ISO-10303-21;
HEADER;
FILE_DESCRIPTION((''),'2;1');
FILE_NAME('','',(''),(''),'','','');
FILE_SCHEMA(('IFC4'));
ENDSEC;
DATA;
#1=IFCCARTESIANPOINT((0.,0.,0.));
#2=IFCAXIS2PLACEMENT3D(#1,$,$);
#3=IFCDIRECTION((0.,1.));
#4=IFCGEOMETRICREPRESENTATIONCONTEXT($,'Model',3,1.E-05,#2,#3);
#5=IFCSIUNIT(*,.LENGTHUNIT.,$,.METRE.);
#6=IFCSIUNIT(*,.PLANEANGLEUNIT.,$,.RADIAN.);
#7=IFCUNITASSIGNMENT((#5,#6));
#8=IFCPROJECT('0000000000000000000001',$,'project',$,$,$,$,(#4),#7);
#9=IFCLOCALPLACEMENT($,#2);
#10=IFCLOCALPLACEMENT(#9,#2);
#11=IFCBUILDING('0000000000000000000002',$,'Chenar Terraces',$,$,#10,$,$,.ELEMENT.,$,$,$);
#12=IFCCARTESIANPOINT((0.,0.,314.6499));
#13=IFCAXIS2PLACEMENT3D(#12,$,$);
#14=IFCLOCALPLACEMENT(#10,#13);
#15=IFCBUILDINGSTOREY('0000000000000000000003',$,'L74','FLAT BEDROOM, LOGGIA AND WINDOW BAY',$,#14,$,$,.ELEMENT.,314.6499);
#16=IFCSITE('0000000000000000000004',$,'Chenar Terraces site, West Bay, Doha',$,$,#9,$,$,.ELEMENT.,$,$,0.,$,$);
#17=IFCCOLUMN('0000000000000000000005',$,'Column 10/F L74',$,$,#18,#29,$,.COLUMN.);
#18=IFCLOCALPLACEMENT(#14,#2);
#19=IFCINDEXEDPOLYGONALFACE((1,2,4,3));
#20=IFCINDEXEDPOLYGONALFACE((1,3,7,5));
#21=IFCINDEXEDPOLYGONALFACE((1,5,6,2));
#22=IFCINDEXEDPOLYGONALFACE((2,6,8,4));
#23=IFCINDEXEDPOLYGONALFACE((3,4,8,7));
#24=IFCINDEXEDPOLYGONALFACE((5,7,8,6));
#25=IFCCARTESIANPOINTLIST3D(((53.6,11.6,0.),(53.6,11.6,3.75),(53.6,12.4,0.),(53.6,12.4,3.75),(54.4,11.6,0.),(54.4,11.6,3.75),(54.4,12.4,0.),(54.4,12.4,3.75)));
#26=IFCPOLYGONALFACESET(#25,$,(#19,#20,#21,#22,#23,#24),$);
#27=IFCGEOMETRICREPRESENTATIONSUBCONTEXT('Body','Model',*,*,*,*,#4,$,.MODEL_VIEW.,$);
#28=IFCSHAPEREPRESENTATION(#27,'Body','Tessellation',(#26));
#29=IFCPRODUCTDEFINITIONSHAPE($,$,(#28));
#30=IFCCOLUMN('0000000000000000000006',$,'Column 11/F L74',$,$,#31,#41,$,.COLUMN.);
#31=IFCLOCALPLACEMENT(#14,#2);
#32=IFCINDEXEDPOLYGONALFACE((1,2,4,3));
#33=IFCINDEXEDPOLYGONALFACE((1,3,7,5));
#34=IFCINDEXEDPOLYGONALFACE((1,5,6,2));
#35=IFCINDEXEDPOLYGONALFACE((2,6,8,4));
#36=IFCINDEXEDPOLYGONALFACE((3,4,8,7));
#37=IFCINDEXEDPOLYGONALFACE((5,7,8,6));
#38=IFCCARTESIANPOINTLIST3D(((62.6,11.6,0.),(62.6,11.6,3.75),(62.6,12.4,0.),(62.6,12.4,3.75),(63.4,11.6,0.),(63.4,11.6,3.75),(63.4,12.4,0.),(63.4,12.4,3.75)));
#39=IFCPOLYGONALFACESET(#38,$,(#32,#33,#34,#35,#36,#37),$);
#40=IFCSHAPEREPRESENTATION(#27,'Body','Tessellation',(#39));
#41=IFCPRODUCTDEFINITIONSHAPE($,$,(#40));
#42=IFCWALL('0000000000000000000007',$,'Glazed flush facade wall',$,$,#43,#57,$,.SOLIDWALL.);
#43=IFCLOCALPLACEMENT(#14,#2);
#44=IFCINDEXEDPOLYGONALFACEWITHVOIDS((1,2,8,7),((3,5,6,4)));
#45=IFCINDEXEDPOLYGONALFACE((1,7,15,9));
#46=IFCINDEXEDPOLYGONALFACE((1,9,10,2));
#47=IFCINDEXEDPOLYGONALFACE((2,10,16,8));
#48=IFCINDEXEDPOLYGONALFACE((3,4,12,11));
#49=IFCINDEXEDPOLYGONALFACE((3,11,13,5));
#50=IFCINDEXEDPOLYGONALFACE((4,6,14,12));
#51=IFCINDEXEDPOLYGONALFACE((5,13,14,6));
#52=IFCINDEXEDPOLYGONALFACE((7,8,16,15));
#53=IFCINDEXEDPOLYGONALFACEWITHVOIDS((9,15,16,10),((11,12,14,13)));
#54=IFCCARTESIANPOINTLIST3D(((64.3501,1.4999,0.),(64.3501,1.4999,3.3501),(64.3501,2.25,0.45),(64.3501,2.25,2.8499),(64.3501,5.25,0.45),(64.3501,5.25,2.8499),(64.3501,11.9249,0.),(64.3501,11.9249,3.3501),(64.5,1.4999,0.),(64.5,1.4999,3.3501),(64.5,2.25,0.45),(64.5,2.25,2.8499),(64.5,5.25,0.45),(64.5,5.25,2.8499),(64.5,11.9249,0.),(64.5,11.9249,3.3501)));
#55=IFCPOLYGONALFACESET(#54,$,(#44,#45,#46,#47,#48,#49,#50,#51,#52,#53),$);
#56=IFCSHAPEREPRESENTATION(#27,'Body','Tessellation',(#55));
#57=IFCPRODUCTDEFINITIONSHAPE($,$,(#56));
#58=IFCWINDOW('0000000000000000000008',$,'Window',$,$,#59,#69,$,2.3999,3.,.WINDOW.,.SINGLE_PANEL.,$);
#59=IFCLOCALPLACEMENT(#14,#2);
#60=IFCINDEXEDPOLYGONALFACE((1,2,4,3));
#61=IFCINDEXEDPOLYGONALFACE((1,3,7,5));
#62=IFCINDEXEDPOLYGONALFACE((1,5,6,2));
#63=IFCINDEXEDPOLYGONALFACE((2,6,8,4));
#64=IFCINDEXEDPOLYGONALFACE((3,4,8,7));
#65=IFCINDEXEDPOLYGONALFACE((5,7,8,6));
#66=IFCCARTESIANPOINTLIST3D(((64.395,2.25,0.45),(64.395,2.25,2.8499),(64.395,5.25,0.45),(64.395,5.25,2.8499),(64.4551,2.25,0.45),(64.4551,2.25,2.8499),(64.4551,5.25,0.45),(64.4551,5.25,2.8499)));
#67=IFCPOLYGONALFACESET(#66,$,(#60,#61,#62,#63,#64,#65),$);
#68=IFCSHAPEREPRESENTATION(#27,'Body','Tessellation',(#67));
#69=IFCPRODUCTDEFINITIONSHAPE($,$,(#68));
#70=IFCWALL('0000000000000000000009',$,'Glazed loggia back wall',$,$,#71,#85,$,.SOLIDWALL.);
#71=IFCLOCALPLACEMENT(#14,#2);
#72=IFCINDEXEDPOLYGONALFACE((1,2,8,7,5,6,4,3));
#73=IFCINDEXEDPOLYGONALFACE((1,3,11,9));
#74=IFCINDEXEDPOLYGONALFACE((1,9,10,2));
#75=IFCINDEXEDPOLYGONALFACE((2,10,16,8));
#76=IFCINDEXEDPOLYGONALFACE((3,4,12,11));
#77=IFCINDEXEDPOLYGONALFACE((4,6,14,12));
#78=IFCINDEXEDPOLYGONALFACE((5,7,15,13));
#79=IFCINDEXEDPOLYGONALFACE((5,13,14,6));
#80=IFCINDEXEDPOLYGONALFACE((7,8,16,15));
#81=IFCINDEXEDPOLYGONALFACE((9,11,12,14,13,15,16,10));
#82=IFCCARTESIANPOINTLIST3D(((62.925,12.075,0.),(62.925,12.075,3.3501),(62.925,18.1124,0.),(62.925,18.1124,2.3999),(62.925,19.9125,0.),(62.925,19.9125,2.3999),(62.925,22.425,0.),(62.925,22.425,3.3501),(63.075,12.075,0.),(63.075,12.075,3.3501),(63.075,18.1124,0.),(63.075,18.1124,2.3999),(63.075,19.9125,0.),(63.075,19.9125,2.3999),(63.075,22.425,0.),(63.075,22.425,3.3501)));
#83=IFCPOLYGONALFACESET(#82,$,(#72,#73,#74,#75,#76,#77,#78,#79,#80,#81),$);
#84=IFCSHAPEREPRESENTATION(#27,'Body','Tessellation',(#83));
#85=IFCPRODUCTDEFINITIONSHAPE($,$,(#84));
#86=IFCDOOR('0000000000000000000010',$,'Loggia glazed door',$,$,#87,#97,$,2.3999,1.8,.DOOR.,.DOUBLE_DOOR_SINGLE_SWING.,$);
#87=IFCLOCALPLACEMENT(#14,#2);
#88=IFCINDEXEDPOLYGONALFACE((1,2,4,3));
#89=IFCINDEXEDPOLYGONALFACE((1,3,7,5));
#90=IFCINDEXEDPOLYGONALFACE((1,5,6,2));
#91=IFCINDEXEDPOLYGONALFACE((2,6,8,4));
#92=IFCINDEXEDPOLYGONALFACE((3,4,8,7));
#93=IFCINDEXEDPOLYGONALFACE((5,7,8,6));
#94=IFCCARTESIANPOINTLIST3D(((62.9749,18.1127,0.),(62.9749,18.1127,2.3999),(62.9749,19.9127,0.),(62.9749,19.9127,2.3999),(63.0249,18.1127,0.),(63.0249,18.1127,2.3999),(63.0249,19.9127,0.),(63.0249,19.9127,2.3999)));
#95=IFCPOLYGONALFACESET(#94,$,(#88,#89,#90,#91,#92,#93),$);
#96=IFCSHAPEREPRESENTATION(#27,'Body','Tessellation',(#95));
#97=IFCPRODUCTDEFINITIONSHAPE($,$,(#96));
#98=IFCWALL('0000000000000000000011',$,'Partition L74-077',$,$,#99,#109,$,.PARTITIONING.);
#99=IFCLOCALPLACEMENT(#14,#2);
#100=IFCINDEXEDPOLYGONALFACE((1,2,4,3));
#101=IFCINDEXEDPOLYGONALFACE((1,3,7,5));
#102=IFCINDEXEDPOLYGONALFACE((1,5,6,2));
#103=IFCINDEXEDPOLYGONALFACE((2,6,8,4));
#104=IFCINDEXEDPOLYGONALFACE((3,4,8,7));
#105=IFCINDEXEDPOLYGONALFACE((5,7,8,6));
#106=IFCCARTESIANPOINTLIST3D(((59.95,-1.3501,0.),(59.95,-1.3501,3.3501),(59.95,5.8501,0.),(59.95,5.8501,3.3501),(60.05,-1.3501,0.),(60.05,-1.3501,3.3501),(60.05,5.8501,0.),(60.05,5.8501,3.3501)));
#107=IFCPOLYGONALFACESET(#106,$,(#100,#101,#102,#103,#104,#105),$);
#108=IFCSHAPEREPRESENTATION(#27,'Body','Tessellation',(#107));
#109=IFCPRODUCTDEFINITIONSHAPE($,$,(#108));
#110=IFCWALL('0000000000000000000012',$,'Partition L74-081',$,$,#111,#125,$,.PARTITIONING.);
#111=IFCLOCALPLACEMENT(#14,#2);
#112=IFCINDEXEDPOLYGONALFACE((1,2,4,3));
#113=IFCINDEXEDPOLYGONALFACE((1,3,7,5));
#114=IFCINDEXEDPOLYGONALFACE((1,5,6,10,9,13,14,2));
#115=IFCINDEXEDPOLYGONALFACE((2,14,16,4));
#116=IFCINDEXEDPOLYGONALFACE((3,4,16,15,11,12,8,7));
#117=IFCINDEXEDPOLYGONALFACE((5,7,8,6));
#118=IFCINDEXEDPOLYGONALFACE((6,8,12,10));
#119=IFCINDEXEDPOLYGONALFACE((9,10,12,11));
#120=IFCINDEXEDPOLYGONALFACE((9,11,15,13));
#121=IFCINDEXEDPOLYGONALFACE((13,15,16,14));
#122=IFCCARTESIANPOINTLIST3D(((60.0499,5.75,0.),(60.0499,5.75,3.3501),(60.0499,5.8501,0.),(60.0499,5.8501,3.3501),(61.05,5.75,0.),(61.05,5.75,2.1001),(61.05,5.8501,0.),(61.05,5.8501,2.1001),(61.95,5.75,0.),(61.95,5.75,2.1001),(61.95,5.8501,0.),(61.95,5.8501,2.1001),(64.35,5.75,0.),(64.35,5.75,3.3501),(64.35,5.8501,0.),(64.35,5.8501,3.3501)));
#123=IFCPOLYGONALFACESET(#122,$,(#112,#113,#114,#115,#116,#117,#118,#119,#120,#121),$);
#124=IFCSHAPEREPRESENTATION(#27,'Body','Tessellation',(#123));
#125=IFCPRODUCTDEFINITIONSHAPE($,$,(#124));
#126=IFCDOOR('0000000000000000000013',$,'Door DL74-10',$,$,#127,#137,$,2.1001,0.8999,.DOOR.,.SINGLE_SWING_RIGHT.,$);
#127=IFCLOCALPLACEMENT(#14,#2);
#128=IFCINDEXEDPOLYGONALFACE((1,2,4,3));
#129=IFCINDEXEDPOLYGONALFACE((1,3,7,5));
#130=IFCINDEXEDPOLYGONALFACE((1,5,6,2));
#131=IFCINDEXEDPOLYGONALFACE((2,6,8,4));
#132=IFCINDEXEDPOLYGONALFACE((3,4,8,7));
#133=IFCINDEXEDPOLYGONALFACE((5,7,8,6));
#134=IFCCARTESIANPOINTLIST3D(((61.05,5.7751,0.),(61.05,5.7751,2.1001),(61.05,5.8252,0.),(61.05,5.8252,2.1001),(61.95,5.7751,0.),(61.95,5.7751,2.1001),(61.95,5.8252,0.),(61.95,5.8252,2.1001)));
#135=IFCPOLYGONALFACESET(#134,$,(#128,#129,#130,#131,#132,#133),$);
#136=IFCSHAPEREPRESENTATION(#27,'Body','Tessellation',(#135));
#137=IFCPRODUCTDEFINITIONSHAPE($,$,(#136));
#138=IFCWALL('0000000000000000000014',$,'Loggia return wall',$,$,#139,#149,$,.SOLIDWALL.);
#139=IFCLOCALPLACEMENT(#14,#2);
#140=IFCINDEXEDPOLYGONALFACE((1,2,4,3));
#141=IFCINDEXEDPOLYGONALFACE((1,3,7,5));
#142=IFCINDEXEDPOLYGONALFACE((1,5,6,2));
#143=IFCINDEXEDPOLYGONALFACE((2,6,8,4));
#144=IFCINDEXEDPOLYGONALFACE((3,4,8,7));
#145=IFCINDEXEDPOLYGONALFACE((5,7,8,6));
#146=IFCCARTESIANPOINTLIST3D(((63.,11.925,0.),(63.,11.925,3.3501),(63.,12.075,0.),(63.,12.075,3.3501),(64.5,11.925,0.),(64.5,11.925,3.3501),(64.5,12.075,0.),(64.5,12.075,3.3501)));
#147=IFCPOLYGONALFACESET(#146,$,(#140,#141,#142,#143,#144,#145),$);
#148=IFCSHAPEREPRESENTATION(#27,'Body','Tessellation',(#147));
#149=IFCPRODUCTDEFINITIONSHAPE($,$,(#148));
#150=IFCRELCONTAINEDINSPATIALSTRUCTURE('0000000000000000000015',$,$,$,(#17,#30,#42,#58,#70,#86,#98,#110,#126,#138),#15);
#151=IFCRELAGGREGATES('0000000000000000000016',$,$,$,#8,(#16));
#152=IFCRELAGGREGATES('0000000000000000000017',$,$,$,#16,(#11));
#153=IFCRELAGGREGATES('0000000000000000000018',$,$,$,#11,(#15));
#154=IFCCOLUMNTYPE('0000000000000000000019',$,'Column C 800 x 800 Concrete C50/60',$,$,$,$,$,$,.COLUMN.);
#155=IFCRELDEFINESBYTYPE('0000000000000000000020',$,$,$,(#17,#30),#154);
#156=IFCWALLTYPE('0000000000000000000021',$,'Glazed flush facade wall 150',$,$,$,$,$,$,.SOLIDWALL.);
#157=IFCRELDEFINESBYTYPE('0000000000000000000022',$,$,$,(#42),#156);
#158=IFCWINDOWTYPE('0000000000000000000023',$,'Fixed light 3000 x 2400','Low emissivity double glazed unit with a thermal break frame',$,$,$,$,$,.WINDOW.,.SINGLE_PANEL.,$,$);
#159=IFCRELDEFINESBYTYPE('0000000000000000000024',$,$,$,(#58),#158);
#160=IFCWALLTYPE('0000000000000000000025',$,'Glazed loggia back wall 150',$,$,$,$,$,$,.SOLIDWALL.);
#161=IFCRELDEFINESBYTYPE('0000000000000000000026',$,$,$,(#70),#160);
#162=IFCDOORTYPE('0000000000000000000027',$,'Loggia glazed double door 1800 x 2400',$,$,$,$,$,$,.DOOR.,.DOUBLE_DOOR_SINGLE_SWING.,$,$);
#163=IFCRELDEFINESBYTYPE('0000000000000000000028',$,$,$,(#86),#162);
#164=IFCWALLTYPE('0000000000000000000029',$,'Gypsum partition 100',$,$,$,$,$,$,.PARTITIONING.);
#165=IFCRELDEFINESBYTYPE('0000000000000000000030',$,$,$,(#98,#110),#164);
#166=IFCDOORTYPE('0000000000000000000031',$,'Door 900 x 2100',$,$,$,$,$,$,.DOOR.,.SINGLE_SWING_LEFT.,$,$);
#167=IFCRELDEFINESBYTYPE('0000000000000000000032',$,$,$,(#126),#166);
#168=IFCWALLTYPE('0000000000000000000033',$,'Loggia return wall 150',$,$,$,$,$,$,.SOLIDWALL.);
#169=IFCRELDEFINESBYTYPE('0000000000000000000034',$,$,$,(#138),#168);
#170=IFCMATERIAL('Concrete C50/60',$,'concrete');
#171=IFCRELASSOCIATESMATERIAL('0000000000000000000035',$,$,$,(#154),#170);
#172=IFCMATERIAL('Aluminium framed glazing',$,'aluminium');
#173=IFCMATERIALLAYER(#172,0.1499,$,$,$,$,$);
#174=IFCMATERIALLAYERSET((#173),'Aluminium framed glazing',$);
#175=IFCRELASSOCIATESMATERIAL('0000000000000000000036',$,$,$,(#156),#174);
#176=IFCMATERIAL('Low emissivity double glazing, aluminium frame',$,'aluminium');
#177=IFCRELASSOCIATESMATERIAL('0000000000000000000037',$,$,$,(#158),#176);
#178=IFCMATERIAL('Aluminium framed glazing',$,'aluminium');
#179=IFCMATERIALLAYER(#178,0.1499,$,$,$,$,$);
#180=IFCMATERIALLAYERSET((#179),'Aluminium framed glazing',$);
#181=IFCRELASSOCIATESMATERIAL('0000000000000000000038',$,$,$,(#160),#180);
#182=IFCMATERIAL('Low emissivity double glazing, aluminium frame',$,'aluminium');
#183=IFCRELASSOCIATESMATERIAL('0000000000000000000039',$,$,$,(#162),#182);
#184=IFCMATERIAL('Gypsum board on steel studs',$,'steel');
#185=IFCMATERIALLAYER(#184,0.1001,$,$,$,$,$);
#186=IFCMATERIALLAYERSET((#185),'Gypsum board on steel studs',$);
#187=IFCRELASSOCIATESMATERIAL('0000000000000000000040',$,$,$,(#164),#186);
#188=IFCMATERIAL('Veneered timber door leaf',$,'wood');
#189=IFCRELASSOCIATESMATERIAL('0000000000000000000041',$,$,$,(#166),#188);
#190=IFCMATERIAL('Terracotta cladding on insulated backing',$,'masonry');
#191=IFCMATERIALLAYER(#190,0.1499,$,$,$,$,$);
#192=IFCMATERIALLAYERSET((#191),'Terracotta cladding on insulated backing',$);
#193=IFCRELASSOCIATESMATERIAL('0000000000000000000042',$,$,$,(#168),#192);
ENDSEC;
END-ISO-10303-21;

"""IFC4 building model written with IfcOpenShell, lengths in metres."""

from ifc_helpers import new_model, si_unit, direction, frame, frame_2d, origin, origin_2d, place, context, subcontext, project, spatial, rectangle, extrude, material, layer, layer_set, material_profile, profile_set, type_object, element, fill, save


model = new_model("IFC4")

# Units and contexts
model_context = context("Model", 3, precision=1e-05, world=origin(), true_north=direction((0.0, 1.0)))
body_context = subcontext(model_context, "Body", "Model", "MODEL_VIEW")
ifc_project = project(units=[si_unit("LENGTHUNIT", "METRE"), si_unit("PLANEANGLEUNIT", "RADIAN")], contexts=[model_context])

# Site, building, storey
site_placement = place(None, origin())
site = spatial("IfcSite", under=ifc_project, at=site_placement, Name="Chenar Terraces site, West Bay, Doha", CompositionType="ELEMENT", RefElevation=0.0)
building_placement = place(site_placement, origin())
building = spatial("IfcBuilding", under=site, at=building_placement, Name="Chenar Terraces", CompositionType="ELEMENT")
storey_placement = place(building_placement, frame((0.0, 0.0, 314.6499)))
storey = spatial("IfcBuildingStorey", under=building, at=storey_placement, Name="L74", Description="FLAT BEDROOM, LOGGIA AND WINDOW BAY", CompositionType="ELEMENT", Elevation=314.6499)

# Columns
ifc_material_1 = material(Name="Concrete C50/60", Category="concrete")
ifc_material_profile = material_profile(ifc_material_1, rectangle(XDim=0.8, YDim=0.8, at=origin_2d()), Name="C 800 x 800")
ifc_profile_set = profile_set([ifc_material_profile], Name="Concrete C50/60")
column_type = type_object("IfcColumnType", Name="Column C 800 x 800 Concrete C50/60", PredefinedType="COLUMN", material=ifc_profile_set)
for number, where, z_axis, x_axis, name in (
    (1, (54.0, 12.0, 0.0), (0.0, 0.0, 1.0), (1.0, 0.0, 0.0), "Column 10/F L74"),
    (2, (63.0, 12.0, 0.0), (0.0, 0.0, 1.0), (1.0, 0.0, 0.0), "Column 11/F L74"),
):
    element("IfcColumn", number, at=place(storey_placement, frame(where, z_axis=z_axis, x_axis=x_axis)), inside=storey, type_object=column_type, Name=name, PredefinedType="COLUMN", context=body_context, shape_type="SweptSolid", body=[
        extrude(rectangle(XDim=0.8, YDim=0.8, at=origin_2d()), origin(), (0.0, 0.0, 1.0), 3.75),
    ])

# Wall, opening, window
ifc_material_2 = material(Name="Aluminium framed glazing", Category="aluminium")
ifc_layer_1 = layer(ifc_material_2, 0.1499)
ifc_layer_set_1 = layer_set([ifc_layer_1], Name="Aluminium framed glazing")
wall_type_1 = type_object("IfcWallType", Name="Glazed flush facade wall 150", PredefinedType="SOLIDWALL", material=ifc_layer_set_1)
wall_1_placement = place(storey_placement, frame((64.425, 1.5, 0.0), z_axis=(0.0, 0.0, 1.0), x_axis=(0.0, 1.0, 0.0)))
wall_1 = element("IfcWall", 3, at=wall_1_placement, inside=storey, type_object=wall_type_1, Name="Glazed flush facade wall", PredefinedType="SOLIDWALL", context=body_context, shape_type="SweptSolid", body=[
    extrude(rectangle(XDim=10.425, YDim=0.1499, at=frame_2d((5.2124, 0.0))), origin(), (0.0, 0.0, 1.0), 3.3501),
])
opening_1_placement = place(wall_1_placement, frame((0.75, 0.0, 0.45)))
opening_1 = element("IfcOpeningElement", 4, at=opening_1_placement, cuts=wall_1, PredefinedType="OPENING", context=body_context, shape_type="SweptSolid", body=[
    extrude(rectangle(XDim=3.0, YDim=2.3999, at=frame_2d((1.5, 1.2))), frame((0.0, 0.085, 0.0), z_axis=(0.0, -1.0, 0.0), x_axis=(1.0, 0.0, 0.0)), (0.0, 0.0, 1.0), 0.1699),
])
ifc_material_3 = material(Name="Low emissivity double glazing, aluminium frame", Category="aluminium")
window_type = type_object("IfcWindowType", Name="Fixed light 3000 x 2400", Description="Low emissivity double glazed unit with a thermal break frame", PartitioningType="SINGLE_PANEL", PredefinedType="WINDOW", material=ifc_material_3)
window_1_placement = place(opening_1_placement, origin())
window_1 = element("IfcWindow", 5, at=window_1_placement, inside=storey, type_object=window_type, Name="Window", OverallHeight=2.3999, OverallWidth=3.0, PartitioningType="SINGLE_PANEL", PredefinedType="WINDOW", context=body_context, shape_type="SweptSolid", body=[
    extrude(rectangle(XDim=3.0, YDim=2.3999, at=frame_2d((1.5, 1.2))), frame((0.0, 0.03, 0.0), z_axis=(0.0, -1.0, 0.0), x_axis=(1.0, 0.0, 0.0)), (0.0, 0.0, 1.0), 0.0601),
])
fill(opening_1, window_1)

# Wall, opening, door
ifc_material_4 = material(Name="Aluminium framed glazing", Category="aluminium")
ifc_layer_2 = layer(ifc_material_4, 0.1499)
ifc_layer_set_2 = layer_set([ifc_layer_2], Name="Aluminium framed glazing")
wall_type_2 = type_object("IfcWallType", Name="Glazed loggia back wall 150", PredefinedType="SOLIDWALL", material=ifc_layer_set_2)
wall_2_placement = place(storey_placement, frame((63.0, 12.075, 0.0), z_axis=(0.0, 0.0, 1.0), x_axis=(0.0, 1.0, 0.0)))
wall_2 = element("IfcWall", 6, at=wall_2_placement, inside=storey, type_object=wall_type_2, Name="Glazed loggia back wall", PredefinedType="SOLIDWALL", context=body_context, shape_type="SweptSolid", body=[
    extrude(rectangle(XDim=10.3501, YDim=0.1499, at=frame_2d((5.175, 0.0))), origin(), (0.0, 0.0, 1.0), 3.3501),
])
opening_2_placement = place(wall_2_placement, frame((6.0376, 0.0, 0.0)))
opening_2 = element("IfcOpeningElement", 7, at=opening_2_placement, cuts=wall_2, PredefinedType="OPENING", context=body_context, shape_type="SweptSolid", body=[
    extrude(rectangle(XDim=1.8, YDim=2.3999, at=frame_2d((0.8999, 1.2))), frame((0.0, 0.085, 0.0), z_axis=(0.0, -1.0, 0.0), x_axis=(1.0, 0.0, 0.0)), (0.0, 0.0, 1.0), 0.1699),
])
ifc_material_5 = material(Name="Low emissivity double glazing, aluminium frame", Category="aluminium")
door_type_1 = type_object("IfcDoorType", Name="Loggia glazed double door 1800 x 2400", OperationType="DOUBLE_DOOR_SINGLE_SWING", PredefinedType="DOOR", material=ifc_material_5)
door_1_placement = place(opening_2_placement, frame((1.8, 0.0, 0.0), z_axis=(0.0, 0.0, 1.0), x_axis=(-1.0, 0.0, 0.0)))
door_1 = element("IfcDoor", 8, at=door_1_placement, inside=storey, type_object=door_type_1, Name="Loggia glazed door", OperationType="DOUBLE_DOOR_SINGLE_SWING", OverallHeight=2.3999, OverallWidth=1.8, PredefinedType="DOOR", context=body_context, shape_type="SweptSolid", body=[
    extrude(rectangle(XDim=1.8, YDim=2.3999, at=frame_2d((0.8999, 1.2))), frame((0.0, 0.0249, 0.0), z_axis=(0.0, -1.0, 0.0), x_axis=(1.0, 0.0, 0.0)), (0.0, 0.0, 1.0), 0.05),
])
fill(opening_2, door_1)

# Wall
ifc_material_6 = material(Name="Gypsum board on steel studs", Category="steel")
ifc_layer_3 = layer(ifc_material_6, 0.1001)
ifc_layer_set_3 = layer_set([ifc_layer_3], Name="Gypsum board on steel studs")
wall_type_3 = type_object("IfcWallType", Name="Gypsum partition 100", PredefinedType="PARTITIONING", material=ifc_layer_set_3)
wall_3_placement = place(storey_placement, frame((60.0, -1.3501, 0.0), z_axis=(0.0, 0.0, 1.0), x_axis=(0.0, 1.0, 0.0)))
element("IfcWall", 9, at=wall_3_placement, inside=storey, type_object=wall_type_3, Name="Partition L74-077", PredefinedType="PARTITIONING", context=body_context, shape_type="SweptSolid", body=[
    extrude(rectangle(XDim=7.2002, YDim=0.1001, at=frame_2d((3.6001, 0.0))), origin(), (0.0, 0.0, 1.0), 3.3501),
])

# Wall, opening, door
wall_4_placement = place(storey_placement, frame((60.05, 5.8, 0.0), z_axis=(0.0, 0.0, 1.0), x_axis=(1.0, 0.0, 0.0)))
wall_4 = element("IfcWall", 10, at=wall_4_placement, inside=storey, type_object=wall_type_3, Name="Partition L74-081", PredefinedType="PARTITIONING", context=body_context, shape_type="SweptSolid", body=[
    extrude(rectangle(XDim=4.3, YDim=0.1001, at=frame_2d((2.1499, 0.0))), origin(), (0.0, 0.0, 1.0), 3.3501),
])
opening_3_placement = place(wall_4_placement, frame((1.0, 0.0, 0.0)))
opening_3 = element("IfcOpeningElement", 11, at=opening_3_placement, cuts=wall_4, PredefinedType="OPENING", context=body_context, shape_type="SweptSolid", body=[
    extrude(rectangle(XDim=0.8999, YDim=2.1001, at=frame_2d((0.45, 1.05))), frame((0.0, 0.0601, 0.0), z_axis=(0.0, -1.0, 0.0), x_axis=(1.0, 0.0, 0.0)), (0.0, 0.0, 1.0), 0.1201),
])
ifc_material_7 = material(Name="Veneered timber door leaf", Category="wood")
door_type_2 = type_object("IfcDoorType", Name="Door 900 x 2100", OperationType="SINGLE_SWING_LEFT", PredefinedType="DOOR", material=ifc_material_7)
door_2_placement = place(opening_3_placement, frame((0.8999, 0.0, 0.0), z_axis=(0.0, 0.0, 1.0), x_axis=(-1.0, 0.0, 0.0)))
door_2 = element("IfcDoor", 12, at=door_2_placement, inside=storey, type_object=door_type_2, Name="Door DL74-10", OperationType="SINGLE_SWING_RIGHT", OverallHeight=2.1001, OverallWidth=0.8999, PredefinedType="DOOR", context=body_context, shape_type="SweptSolid", body=[
    extrude(rectangle(XDim=0.8999, YDim=2.1001, at=frame_2d((0.45, 1.05))), frame((0.0, 0.0249, 0.0), z_axis=(0.0, -1.0, 0.0), x_axis=(1.0, 0.0, 0.0)), (0.0, 0.0, 1.0), 0.05),
])
fill(opening_3, door_2)

# Wall
ifc_material_8 = material(Name="Terracotta cladding on insulated backing", Category="masonry")
ifc_layer_4 = layer(ifc_material_8, 0.1499)
ifc_layer_set_4 = layer_set([ifc_layer_4], Name="Terracotta cladding on insulated backing")
wall_type_4 = type_object("IfcWallType", Name="Loggia return wall 150", PredefinedType="SOLIDWALL", material=ifc_layer_set_4)
wall_5_placement = place(storey_placement, frame((64.5, 12.0, 0.0), z_axis=(0.0, 0.0, 1.0), x_axis=(-1.0, 0.0, 0.0)))
element("IfcWall", 13, at=wall_5_placement, inside=storey, type_object=wall_type_4, Name="Loggia return wall", PredefinedType="SOLIDWALL", context=body_context, shape_type="SweptSolid", body=[
    extrude(rectangle(XDim=1.5, YDim=0.1499, at=frame_2d((0.75, 0.0))), origin(), (0.0, 0.0, 1.0), 3.3501),
])

save(model, "model.ifc")
